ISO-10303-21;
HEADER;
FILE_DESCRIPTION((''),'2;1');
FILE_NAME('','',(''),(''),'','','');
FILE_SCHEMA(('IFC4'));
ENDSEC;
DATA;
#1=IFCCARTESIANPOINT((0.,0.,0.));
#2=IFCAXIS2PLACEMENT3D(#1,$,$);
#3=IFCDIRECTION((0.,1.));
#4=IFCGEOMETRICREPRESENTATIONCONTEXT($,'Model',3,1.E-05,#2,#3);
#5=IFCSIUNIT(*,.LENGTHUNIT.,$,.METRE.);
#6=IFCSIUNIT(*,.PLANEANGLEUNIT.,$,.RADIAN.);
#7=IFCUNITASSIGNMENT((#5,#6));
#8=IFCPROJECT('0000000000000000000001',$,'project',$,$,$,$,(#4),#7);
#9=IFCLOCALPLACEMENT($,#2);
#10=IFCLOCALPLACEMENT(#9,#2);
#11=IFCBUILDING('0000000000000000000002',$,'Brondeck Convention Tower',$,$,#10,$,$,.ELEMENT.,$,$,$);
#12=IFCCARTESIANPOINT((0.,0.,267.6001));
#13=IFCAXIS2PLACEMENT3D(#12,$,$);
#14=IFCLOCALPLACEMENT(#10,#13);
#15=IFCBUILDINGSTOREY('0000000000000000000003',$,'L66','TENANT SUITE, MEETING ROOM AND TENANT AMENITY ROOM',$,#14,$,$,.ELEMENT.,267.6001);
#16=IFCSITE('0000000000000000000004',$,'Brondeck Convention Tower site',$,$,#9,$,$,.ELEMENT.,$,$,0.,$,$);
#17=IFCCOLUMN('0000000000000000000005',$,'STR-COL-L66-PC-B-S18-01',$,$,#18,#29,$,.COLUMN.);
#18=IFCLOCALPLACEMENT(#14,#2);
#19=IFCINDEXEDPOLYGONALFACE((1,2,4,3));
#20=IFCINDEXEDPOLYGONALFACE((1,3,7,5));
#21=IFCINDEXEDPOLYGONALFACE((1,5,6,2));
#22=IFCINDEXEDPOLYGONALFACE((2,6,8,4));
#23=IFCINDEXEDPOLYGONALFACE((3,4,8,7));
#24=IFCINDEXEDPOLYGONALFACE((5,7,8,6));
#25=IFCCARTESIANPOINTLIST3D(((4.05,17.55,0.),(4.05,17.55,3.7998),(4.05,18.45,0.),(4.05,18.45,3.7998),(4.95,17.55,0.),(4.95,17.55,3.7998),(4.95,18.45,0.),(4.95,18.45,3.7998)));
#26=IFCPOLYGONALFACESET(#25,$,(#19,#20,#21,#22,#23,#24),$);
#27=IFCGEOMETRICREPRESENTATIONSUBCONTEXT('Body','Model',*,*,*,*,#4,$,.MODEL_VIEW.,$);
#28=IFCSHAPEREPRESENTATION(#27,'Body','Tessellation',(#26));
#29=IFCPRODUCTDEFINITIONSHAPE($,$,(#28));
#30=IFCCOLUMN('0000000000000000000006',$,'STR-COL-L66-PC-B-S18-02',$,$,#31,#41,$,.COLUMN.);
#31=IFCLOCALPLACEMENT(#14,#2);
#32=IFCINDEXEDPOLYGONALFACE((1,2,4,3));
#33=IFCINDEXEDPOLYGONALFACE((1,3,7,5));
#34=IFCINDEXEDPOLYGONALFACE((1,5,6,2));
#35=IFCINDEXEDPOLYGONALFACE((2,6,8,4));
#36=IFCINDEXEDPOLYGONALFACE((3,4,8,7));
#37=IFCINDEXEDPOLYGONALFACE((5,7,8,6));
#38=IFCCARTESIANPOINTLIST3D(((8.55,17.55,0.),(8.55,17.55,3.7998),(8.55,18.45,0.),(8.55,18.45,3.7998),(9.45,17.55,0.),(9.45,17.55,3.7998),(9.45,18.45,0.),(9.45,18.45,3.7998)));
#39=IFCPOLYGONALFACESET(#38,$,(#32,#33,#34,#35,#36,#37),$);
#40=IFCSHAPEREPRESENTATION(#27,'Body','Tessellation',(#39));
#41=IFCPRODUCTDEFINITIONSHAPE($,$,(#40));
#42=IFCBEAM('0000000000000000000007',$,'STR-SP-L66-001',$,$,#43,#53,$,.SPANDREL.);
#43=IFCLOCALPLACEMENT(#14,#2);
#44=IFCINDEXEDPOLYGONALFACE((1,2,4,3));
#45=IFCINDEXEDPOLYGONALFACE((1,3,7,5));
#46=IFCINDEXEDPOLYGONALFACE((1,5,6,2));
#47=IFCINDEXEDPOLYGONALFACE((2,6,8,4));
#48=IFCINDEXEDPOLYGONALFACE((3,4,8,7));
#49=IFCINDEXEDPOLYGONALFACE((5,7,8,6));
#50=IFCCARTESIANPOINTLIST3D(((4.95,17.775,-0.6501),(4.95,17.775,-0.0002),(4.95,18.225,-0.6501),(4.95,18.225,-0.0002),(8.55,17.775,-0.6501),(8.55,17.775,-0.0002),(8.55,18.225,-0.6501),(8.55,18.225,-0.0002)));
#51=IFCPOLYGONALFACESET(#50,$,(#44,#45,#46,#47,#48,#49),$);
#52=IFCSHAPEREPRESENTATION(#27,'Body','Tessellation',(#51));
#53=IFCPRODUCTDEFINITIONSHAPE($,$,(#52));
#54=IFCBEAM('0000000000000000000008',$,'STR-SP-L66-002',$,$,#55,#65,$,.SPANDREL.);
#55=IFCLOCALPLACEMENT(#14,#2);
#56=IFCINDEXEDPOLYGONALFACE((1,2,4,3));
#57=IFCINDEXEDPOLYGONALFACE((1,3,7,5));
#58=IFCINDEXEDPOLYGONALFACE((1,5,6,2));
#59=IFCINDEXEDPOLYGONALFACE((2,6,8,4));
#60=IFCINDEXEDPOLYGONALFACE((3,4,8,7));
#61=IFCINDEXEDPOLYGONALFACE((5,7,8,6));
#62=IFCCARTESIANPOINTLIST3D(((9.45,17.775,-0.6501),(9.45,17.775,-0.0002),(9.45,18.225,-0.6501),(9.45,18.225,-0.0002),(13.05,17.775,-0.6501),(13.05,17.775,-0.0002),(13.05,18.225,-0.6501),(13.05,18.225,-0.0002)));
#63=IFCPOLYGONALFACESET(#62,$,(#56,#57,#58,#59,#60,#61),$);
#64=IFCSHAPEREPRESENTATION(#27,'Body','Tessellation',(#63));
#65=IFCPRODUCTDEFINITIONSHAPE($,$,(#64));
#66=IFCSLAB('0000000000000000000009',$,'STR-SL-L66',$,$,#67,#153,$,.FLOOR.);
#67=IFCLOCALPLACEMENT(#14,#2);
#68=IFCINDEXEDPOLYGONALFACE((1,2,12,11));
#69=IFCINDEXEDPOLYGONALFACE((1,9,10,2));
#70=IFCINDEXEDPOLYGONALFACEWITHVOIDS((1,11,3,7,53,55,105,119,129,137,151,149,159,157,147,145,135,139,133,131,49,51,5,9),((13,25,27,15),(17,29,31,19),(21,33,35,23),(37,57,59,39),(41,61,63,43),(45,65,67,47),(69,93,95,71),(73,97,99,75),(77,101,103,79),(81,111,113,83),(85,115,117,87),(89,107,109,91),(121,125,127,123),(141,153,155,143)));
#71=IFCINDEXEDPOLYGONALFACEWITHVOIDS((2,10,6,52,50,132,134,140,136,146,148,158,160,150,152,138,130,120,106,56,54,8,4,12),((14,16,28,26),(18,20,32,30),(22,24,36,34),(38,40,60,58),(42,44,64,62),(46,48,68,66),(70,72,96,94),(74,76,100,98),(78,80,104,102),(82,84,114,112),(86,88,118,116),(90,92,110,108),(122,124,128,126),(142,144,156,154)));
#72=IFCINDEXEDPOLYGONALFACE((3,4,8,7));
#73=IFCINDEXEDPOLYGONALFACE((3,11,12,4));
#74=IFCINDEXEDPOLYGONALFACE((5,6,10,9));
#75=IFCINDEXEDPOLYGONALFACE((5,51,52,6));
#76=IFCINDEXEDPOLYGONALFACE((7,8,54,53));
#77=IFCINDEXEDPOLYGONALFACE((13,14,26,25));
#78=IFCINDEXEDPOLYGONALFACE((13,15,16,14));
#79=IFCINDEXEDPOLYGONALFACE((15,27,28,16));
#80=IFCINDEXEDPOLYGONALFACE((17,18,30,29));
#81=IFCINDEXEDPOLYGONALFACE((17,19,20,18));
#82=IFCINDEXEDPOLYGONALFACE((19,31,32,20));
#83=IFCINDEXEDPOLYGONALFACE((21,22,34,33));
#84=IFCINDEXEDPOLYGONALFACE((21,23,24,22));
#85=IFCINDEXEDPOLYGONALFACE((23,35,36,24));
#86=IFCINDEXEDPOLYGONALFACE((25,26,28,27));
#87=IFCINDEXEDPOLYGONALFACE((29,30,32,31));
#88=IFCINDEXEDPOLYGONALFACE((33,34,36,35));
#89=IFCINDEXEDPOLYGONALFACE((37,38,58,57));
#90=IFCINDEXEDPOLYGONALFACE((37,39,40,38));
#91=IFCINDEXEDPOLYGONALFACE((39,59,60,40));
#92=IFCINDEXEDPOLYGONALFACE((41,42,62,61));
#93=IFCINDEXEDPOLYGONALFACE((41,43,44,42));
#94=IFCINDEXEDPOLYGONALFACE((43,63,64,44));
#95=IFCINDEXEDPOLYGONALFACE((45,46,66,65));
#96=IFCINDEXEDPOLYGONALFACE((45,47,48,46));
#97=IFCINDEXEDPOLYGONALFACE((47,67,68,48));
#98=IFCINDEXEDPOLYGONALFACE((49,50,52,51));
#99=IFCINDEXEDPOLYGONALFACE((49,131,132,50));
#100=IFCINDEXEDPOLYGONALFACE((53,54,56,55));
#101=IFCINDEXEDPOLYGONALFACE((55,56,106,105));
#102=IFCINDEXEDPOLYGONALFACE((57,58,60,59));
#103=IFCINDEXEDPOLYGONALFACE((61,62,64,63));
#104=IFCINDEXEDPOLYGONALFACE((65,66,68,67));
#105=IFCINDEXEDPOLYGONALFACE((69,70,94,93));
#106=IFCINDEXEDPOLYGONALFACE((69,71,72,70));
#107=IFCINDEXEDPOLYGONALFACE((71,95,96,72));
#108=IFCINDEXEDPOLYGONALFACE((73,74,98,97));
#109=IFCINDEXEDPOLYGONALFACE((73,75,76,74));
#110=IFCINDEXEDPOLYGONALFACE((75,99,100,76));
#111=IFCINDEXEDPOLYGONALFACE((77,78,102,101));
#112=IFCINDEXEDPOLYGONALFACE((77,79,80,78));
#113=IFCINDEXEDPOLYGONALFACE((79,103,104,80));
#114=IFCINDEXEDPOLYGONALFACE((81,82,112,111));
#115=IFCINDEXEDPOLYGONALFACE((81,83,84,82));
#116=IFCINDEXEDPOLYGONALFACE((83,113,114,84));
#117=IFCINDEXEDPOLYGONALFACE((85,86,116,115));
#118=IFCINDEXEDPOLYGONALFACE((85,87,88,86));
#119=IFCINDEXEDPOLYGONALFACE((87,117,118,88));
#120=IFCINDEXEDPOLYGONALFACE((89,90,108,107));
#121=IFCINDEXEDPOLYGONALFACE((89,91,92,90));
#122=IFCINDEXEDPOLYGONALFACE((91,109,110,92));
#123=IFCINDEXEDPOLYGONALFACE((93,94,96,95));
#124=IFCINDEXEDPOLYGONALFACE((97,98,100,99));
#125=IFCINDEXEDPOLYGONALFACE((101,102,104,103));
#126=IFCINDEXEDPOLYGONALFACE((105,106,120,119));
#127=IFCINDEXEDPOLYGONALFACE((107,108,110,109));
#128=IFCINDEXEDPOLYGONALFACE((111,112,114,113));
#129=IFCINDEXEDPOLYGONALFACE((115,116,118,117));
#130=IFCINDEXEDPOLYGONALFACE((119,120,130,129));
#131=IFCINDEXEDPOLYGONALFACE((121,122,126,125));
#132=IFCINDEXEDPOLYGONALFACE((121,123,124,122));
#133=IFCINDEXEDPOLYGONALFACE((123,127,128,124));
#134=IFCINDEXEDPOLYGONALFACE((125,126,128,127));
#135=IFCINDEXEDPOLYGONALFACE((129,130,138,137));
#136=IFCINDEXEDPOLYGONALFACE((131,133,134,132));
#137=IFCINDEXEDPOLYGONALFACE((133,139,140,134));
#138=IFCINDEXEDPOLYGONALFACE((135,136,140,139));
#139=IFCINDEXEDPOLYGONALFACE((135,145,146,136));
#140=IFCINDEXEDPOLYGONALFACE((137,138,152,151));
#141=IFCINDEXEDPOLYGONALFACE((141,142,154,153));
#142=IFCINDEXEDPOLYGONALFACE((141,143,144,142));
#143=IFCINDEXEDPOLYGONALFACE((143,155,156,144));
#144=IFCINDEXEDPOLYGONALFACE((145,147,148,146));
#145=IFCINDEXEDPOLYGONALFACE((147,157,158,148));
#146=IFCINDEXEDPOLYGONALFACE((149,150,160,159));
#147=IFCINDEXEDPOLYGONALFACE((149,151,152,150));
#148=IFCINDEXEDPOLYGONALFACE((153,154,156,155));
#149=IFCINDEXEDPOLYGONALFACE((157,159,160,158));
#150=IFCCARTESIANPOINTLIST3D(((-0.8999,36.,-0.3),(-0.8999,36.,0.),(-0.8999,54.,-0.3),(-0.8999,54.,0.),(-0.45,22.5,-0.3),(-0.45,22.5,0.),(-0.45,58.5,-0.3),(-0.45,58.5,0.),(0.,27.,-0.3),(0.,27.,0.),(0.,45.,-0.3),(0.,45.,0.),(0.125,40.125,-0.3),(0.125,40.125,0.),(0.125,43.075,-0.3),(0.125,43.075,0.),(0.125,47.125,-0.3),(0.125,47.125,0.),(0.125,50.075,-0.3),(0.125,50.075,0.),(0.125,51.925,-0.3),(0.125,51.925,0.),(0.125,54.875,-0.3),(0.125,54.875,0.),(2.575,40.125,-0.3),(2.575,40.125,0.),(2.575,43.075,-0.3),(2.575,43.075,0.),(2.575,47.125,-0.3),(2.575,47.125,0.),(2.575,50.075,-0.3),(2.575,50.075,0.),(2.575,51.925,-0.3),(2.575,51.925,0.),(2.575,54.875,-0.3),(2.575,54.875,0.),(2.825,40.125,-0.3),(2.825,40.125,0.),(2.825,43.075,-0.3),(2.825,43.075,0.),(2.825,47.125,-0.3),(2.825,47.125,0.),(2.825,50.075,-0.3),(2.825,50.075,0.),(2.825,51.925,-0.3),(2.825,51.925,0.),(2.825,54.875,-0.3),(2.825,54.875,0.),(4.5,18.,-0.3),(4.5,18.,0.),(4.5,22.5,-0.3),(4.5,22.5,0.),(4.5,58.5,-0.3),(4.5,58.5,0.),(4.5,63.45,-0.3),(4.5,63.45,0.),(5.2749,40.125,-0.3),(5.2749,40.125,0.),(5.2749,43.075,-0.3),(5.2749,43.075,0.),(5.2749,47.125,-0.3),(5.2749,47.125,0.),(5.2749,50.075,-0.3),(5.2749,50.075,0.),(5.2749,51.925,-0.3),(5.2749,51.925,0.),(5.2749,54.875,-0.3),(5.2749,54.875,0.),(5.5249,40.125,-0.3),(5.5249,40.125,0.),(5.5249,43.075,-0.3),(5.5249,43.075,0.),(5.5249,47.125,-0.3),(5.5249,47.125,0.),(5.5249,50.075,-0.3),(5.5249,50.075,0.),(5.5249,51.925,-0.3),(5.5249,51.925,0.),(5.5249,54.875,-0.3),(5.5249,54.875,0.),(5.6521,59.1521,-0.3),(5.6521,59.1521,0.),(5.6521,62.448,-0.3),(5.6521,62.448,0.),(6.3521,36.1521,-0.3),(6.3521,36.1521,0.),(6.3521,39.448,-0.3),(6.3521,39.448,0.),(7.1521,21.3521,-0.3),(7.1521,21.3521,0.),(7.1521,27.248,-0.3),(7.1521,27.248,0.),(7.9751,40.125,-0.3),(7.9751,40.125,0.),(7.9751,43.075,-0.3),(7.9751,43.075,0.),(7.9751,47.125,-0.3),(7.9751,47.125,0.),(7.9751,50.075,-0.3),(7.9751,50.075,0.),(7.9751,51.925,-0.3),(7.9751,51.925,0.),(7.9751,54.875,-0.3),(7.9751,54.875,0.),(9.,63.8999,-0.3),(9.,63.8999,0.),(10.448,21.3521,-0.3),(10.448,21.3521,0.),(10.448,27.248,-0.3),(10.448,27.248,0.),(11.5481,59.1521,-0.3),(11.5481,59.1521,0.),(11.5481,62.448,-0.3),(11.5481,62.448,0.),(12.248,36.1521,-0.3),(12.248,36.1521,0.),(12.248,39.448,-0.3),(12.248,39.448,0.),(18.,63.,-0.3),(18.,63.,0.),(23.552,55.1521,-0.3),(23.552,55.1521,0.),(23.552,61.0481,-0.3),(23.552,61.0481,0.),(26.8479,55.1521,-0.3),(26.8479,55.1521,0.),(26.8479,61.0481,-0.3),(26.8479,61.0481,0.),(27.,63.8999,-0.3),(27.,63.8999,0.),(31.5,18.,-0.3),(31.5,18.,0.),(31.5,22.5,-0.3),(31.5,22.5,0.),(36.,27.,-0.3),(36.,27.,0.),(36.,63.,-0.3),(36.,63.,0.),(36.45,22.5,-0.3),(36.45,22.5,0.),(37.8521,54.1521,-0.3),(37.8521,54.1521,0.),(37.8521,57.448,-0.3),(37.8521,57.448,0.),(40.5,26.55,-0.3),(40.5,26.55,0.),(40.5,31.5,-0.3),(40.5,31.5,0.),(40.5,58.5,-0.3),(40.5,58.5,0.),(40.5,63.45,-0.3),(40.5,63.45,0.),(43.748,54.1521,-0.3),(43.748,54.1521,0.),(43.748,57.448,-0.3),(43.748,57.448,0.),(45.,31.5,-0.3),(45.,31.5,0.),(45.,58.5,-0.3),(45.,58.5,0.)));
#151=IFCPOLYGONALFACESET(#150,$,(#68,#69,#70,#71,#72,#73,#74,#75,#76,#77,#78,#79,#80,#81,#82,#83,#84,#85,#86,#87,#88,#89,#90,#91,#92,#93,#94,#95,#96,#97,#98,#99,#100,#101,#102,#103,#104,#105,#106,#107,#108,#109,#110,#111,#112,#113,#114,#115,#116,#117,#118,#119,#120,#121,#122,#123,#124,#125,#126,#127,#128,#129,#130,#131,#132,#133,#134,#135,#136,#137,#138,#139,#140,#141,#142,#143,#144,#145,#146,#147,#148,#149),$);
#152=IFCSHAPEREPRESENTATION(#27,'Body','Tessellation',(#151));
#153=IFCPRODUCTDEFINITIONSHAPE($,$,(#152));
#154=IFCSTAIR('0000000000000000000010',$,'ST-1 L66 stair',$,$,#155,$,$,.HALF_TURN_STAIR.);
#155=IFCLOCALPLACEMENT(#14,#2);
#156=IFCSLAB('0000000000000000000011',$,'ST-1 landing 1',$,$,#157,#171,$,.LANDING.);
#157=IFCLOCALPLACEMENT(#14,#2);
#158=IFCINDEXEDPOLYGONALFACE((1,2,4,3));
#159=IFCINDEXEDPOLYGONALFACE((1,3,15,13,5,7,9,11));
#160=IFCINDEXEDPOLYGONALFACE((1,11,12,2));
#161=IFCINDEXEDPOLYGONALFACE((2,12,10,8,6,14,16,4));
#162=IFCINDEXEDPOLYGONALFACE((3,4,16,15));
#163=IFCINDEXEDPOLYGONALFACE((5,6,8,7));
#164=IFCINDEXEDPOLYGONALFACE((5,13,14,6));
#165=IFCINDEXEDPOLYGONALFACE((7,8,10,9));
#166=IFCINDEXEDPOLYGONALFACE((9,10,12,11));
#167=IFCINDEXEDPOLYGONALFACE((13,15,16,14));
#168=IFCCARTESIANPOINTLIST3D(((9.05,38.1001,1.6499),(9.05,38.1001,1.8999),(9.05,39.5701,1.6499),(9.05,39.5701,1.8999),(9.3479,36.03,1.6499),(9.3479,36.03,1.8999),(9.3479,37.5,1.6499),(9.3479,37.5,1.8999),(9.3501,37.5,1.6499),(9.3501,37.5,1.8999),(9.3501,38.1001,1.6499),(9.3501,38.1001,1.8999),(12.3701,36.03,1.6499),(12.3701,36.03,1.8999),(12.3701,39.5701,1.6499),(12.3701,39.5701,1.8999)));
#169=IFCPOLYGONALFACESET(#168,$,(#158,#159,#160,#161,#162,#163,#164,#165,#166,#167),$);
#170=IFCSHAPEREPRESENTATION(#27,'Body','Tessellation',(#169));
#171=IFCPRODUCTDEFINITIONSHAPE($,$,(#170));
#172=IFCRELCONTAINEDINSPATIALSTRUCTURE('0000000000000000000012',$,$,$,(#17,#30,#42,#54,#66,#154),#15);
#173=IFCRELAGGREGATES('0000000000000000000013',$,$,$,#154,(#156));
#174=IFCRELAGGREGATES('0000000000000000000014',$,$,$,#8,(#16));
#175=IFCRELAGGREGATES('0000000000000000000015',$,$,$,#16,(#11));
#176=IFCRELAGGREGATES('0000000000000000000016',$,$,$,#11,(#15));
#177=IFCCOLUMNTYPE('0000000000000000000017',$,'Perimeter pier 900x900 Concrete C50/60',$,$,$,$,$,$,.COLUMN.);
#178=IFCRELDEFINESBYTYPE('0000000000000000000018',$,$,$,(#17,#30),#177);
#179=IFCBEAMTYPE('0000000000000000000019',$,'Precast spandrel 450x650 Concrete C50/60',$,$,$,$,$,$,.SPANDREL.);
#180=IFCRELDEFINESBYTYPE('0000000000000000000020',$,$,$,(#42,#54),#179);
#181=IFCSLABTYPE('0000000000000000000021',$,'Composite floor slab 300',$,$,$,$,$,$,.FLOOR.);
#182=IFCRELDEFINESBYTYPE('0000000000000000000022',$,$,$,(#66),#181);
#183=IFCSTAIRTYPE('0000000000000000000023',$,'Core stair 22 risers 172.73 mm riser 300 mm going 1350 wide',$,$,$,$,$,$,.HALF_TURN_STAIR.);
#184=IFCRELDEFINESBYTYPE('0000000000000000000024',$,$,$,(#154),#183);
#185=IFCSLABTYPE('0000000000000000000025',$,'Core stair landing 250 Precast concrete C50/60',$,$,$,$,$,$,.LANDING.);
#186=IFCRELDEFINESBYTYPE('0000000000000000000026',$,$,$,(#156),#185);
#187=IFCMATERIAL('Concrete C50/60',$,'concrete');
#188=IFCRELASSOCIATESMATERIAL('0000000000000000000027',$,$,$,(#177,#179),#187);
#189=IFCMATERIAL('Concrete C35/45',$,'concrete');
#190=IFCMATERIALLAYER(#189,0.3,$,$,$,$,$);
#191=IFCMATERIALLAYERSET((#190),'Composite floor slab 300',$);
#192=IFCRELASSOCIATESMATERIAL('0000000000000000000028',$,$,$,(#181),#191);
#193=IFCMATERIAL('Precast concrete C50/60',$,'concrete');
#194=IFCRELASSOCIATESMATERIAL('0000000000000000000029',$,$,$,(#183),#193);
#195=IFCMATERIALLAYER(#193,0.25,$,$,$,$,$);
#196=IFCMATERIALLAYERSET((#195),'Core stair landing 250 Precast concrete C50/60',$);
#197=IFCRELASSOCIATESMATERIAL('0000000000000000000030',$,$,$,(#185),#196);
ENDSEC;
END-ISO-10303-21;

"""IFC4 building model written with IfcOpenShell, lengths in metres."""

from ifc_helpers import new_model, si_unit, direction, frame, origin, origin_2d, place, context, subcontext, project, spatial, polyline, rectangle, outline, extrude, material, layer, layer_set, material_profile, profile_set, type_object, element, aggregate, save


model = new_model("IFC4")

# Units and contexts
model_context = context("Model", 3, precision=1e-05, world=origin(), true_north=direction((0.0, 1.0)))
body_context = subcontext(model_context, "Body", "Model", "MODEL_VIEW")
ifc_project = project(units=[si_unit("LENGTHUNIT", "METRE"), si_unit("PLANEANGLEUNIT", "RADIAN")], contexts=[model_context])

# Site, building, storey
site_placement = place(None, origin())
site = spatial("IfcSite", under=ifc_project, at=site_placement, Name="Brondeck Convention Tower site", CompositionType="ELEMENT", RefElevation=0.0)
building_placement = place(site_placement, origin())
building = spatial("IfcBuilding", under=site, at=building_placement, Name="Brondeck Convention Tower", CompositionType="ELEMENT")
storey_placement = place(building_placement, frame((0.0, 0.0, 267.6001)))
storey = spatial("IfcBuildingStorey", under=building, at=storey_placement, Name="L66", Description="TENANT SUITE, MEETING ROOM AND TENANT AMENITY ROOM", CompositionType="ELEMENT", Elevation=267.6001)

# Columns
ifc_material_1 = material(Name="Concrete C50/60", Category="concrete")
ifc_material_profile_1 = material_profile(ifc_material_1, rectangle(XDim=0.8999, YDim=0.8999, at=origin_2d()), Name="Perimeter pier 900x900 Concrete C50/60")
ifc_profile_set_1 = profile_set([ifc_material_profile_1], Name="Concrete C50/60")
column_type = type_object("IfcColumnType", Name="Perimeter pier 900x900 Concrete C50/60", PredefinedType="COLUMN", material=ifc_profile_set_1)
for number, where, z_axis, x_axis, name in (
    (1, (4.5, 18.0, 0.0), (0.0, 0.0, 1.0), (1.0, 0.0, 0.0), "STR-COL-L66-PC-B-S18-01"),
    (2, (9.0, 18.0, 0.0), (0.0, 0.0, 1.0), (1.0, 0.0, 0.0), "STR-COL-L66-PC-B-S18-02"),
):
    element("IfcColumn", number, at=place(storey_placement, frame(where, z_axis=z_axis, x_axis=x_axis)), inside=storey, type_object=column_type, Name=name, PredefinedType="COLUMN", context=body_context, shape_type="SweptSolid", body=[
        extrude(rectangle(XDim=0.8999, YDim=0.8999, at=origin_2d()), origin(), (0.0, 0.0, 1.0), 3.7998),
    ])

# Beams
ifc_material_profile_2 = material_profile(ifc_material_1, rectangle(XDim=0.45, YDim=0.6499, at=origin_2d()), Name="Precast spandrel 450x650 Concrete C50/60")
ifc_profile_set_2 = profile_set([ifc_material_profile_2], Name="Concrete C50/60")
beam_type = type_object("IfcBeamType", Name="Precast spandrel 450x650 Concrete C50/60", PredefinedType="SPANDREL", material=ifc_profile_set_2)
for number, where, z_axis, x_axis, name in (
    (3, (4.95, 18.0, -0.3252), (1.0, 0.0, 0.0), (0.0, 1.0, 0.0), "STR-SP-L66-001"),
    (4, (9.45, 18.0, -0.3252), (1.0, 0.0, 0.0), (0.0, 1.0, 0.0), "STR-SP-L66-002"),
):
    element("IfcBeam", number, at=place(storey_placement, frame(where, z_axis=z_axis, x_axis=x_axis)), inside=storey, type_object=beam_type, Name=name, PredefinedType="SPANDREL", context=body_context, shape_type="SweptSolid", body=[
        extrude(rectangle(XDim=0.45, YDim=0.6499, at=origin_2d()), origin(), (0.0, 0.0, 1.0), 3.6001),
    ])

# Slab
ifc_material_2 = material(Name="Concrete C35/45", Category="concrete")
ifc_layer_1 = layer(ifc_material_2, 0.3)
ifc_layer_set_1 = layer_set([ifc_layer_1], Name="Composite floor slab 300")
slab_type_1 = type_object("IfcSlabType", Name="Composite floor slab 300", PredefinedType="FLOOR", material=ifc_layer_set_1)
slab_1_placement = place(storey_placement, frame((0.0, 0.0, -0.3)))
element("IfcSlab", 5, at=slab_1_placement, inside=storey, type_object=slab_type_1, Name="STR-SL-L66", PredefinedType="FLOOR", context=body_context, shape_type="SweptSolid", body=[
    extrude(outline(polyline([(4.5, 22.5), (-0.45, 22.5), (0.0, 27.0), (-0.8999, 36.0), (0.0, 45.0), (-0.8999, 54.0), (-0.45, 58.5), (4.5, 58.5), (4.5, 63.45), (9.0, 63.8999), (18.0, 63.0), (27.0, 63.8999), (36.0, 63.0), (40.5, 63.45), (40.5, 58.5), (45.0, 58.5), (45.0, 31.5), (40.5, 31.5), (40.5, 26.55), (36.0, 27.0), (36.45, 22.5), (31.5, 22.5), (31.5, 18.0), (4.5, 18.0), (4.5, 22.5)]), holes=[polyline([(2.575, 43.075), (0.125, 43.075), (0.125, 40.125), (2.575, 40.125), (2.575, 43.075)]), polyline([(5.2749, 40.125), (5.2749, 43.075), (2.825, 43.075), (2.825, 40.125), (5.2749, 40.125)]), polyline([(7.9751, 40.125), (7.9751, 43.075), (5.5249, 43.075), (5.5249, 40.125), (7.9751, 40.125)]), polyline([(2.575, 47.125), (2.575, 50.075), (0.125, 50.075), (0.125, 47.125), (2.575, 47.125)]), polyline([(5.2749, 47.125), (5.2749, 50.075), (2.825, 50.075), (2.825, 47.125), (5.2749, 47.125)]), polyline([(2.575, 51.925), (2.575, 54.875), (0.125, 54.875), (0.125, 51.925), (2.575, 51.925)]), polyline([(5.2749, 51.925), (5.2749, 54.875), (2.825, 54.875), (2.825, 51.925), (5.2749, 51.925)]), polyline([(7.1521, 27.248), (7.1521, 21.3521), (10.448, 21.3521), (10.448, 27.248), (7.1521, 27.248)]), polyline([(12.248, 36.1521), (12.248, 39.448), (6.3521, 39.448), (6.3521, 36.1521), (12.248, 36.1521)]), polyline([(7.9751, 47.125), (7.9751, 50.075), (5.5249, 50.075), (5.5249, 47.125), (7.9751, 47.125)]), polyline([(7.9751, 51.925), (7.9751, 54.875), (5.5249, 54.875), (5.5249, 51.925), (7.9751, 51.925)]), polyline([(43.748, 54.1521), (43.748, 57.448), (37.8521, 57.448), (37.8521, 54.1521), (43.748, 54.1521)]), polyline([(23.552, 55.1521), (26.8479, 55.1521), (26.8479, 61.0481), (23.552, 61.0481), (23.552, 55.1521)]), polyline([(5.6521, 62.448), (5.6521, 59.1521), (11.5481, 59.1521), (11.5481, 62.448), (5.6521, 62.448)])]), origin(), (0.0, 0.0, 1.0), 0.3),
])

# Stair, slab
ifc_material_3 = material(Name="Precast concrete C50/60", Category="concrete")
stair_type = type_object("IfcStairType", Name="Core stair 22 risers 172.73 mm riser 300 mm going 1350 wide", PredefinedType="HALF_TURN_STAIR", material=ifc_material_3)
stair_1_placement = place(storey_placement, origin())
stair_1 = element("IfcStair", 6, at=stair_1_placement, inside=storey, type_object=stair_type, Name="ST-1 L66 stair", PredefinedType="HALF_TURN_STAIR")
ifc_layer_2 = layer(ifc_material_3, 0.25)
ifc_layer_set_2 = layer_set([ifc_layer_2], Name="Core stair landing 250 Precast concrete C50/60")
slab_type_2 = type_object("IfcSlabType", Name="Core stair landing 250 Precast concrete C50/60", PredefinedType="LANDING", material=ifc_layer_set_2)
slab_2_placement = place(storey_placement, frame((0.0, 0.0, 1.6499)))
slab_2 = element("IfcSlab", 7, at=slab_2_placement, type_object=slab_type_2, Name="ST-1 landing 1", PredefinedType="LANDING", context=body_context, shape_type="SweptSolid", body=[
    extrude(outline(polyline([(9.3479, 37.5), (9.3501, 37.5), (9.3501, 38.1001), (9.05, 38.1001), (9.05, 39.5701), (12.3701, 39.5701), (12.3701, 36.03), (9.3479, 36.03), (9.3479, 37.5)])), origin(), (0.0, 0.0, 1.0), 0.25),
])
aggregate(stair_1, [slab_2])

save(model, "model.ifc")
